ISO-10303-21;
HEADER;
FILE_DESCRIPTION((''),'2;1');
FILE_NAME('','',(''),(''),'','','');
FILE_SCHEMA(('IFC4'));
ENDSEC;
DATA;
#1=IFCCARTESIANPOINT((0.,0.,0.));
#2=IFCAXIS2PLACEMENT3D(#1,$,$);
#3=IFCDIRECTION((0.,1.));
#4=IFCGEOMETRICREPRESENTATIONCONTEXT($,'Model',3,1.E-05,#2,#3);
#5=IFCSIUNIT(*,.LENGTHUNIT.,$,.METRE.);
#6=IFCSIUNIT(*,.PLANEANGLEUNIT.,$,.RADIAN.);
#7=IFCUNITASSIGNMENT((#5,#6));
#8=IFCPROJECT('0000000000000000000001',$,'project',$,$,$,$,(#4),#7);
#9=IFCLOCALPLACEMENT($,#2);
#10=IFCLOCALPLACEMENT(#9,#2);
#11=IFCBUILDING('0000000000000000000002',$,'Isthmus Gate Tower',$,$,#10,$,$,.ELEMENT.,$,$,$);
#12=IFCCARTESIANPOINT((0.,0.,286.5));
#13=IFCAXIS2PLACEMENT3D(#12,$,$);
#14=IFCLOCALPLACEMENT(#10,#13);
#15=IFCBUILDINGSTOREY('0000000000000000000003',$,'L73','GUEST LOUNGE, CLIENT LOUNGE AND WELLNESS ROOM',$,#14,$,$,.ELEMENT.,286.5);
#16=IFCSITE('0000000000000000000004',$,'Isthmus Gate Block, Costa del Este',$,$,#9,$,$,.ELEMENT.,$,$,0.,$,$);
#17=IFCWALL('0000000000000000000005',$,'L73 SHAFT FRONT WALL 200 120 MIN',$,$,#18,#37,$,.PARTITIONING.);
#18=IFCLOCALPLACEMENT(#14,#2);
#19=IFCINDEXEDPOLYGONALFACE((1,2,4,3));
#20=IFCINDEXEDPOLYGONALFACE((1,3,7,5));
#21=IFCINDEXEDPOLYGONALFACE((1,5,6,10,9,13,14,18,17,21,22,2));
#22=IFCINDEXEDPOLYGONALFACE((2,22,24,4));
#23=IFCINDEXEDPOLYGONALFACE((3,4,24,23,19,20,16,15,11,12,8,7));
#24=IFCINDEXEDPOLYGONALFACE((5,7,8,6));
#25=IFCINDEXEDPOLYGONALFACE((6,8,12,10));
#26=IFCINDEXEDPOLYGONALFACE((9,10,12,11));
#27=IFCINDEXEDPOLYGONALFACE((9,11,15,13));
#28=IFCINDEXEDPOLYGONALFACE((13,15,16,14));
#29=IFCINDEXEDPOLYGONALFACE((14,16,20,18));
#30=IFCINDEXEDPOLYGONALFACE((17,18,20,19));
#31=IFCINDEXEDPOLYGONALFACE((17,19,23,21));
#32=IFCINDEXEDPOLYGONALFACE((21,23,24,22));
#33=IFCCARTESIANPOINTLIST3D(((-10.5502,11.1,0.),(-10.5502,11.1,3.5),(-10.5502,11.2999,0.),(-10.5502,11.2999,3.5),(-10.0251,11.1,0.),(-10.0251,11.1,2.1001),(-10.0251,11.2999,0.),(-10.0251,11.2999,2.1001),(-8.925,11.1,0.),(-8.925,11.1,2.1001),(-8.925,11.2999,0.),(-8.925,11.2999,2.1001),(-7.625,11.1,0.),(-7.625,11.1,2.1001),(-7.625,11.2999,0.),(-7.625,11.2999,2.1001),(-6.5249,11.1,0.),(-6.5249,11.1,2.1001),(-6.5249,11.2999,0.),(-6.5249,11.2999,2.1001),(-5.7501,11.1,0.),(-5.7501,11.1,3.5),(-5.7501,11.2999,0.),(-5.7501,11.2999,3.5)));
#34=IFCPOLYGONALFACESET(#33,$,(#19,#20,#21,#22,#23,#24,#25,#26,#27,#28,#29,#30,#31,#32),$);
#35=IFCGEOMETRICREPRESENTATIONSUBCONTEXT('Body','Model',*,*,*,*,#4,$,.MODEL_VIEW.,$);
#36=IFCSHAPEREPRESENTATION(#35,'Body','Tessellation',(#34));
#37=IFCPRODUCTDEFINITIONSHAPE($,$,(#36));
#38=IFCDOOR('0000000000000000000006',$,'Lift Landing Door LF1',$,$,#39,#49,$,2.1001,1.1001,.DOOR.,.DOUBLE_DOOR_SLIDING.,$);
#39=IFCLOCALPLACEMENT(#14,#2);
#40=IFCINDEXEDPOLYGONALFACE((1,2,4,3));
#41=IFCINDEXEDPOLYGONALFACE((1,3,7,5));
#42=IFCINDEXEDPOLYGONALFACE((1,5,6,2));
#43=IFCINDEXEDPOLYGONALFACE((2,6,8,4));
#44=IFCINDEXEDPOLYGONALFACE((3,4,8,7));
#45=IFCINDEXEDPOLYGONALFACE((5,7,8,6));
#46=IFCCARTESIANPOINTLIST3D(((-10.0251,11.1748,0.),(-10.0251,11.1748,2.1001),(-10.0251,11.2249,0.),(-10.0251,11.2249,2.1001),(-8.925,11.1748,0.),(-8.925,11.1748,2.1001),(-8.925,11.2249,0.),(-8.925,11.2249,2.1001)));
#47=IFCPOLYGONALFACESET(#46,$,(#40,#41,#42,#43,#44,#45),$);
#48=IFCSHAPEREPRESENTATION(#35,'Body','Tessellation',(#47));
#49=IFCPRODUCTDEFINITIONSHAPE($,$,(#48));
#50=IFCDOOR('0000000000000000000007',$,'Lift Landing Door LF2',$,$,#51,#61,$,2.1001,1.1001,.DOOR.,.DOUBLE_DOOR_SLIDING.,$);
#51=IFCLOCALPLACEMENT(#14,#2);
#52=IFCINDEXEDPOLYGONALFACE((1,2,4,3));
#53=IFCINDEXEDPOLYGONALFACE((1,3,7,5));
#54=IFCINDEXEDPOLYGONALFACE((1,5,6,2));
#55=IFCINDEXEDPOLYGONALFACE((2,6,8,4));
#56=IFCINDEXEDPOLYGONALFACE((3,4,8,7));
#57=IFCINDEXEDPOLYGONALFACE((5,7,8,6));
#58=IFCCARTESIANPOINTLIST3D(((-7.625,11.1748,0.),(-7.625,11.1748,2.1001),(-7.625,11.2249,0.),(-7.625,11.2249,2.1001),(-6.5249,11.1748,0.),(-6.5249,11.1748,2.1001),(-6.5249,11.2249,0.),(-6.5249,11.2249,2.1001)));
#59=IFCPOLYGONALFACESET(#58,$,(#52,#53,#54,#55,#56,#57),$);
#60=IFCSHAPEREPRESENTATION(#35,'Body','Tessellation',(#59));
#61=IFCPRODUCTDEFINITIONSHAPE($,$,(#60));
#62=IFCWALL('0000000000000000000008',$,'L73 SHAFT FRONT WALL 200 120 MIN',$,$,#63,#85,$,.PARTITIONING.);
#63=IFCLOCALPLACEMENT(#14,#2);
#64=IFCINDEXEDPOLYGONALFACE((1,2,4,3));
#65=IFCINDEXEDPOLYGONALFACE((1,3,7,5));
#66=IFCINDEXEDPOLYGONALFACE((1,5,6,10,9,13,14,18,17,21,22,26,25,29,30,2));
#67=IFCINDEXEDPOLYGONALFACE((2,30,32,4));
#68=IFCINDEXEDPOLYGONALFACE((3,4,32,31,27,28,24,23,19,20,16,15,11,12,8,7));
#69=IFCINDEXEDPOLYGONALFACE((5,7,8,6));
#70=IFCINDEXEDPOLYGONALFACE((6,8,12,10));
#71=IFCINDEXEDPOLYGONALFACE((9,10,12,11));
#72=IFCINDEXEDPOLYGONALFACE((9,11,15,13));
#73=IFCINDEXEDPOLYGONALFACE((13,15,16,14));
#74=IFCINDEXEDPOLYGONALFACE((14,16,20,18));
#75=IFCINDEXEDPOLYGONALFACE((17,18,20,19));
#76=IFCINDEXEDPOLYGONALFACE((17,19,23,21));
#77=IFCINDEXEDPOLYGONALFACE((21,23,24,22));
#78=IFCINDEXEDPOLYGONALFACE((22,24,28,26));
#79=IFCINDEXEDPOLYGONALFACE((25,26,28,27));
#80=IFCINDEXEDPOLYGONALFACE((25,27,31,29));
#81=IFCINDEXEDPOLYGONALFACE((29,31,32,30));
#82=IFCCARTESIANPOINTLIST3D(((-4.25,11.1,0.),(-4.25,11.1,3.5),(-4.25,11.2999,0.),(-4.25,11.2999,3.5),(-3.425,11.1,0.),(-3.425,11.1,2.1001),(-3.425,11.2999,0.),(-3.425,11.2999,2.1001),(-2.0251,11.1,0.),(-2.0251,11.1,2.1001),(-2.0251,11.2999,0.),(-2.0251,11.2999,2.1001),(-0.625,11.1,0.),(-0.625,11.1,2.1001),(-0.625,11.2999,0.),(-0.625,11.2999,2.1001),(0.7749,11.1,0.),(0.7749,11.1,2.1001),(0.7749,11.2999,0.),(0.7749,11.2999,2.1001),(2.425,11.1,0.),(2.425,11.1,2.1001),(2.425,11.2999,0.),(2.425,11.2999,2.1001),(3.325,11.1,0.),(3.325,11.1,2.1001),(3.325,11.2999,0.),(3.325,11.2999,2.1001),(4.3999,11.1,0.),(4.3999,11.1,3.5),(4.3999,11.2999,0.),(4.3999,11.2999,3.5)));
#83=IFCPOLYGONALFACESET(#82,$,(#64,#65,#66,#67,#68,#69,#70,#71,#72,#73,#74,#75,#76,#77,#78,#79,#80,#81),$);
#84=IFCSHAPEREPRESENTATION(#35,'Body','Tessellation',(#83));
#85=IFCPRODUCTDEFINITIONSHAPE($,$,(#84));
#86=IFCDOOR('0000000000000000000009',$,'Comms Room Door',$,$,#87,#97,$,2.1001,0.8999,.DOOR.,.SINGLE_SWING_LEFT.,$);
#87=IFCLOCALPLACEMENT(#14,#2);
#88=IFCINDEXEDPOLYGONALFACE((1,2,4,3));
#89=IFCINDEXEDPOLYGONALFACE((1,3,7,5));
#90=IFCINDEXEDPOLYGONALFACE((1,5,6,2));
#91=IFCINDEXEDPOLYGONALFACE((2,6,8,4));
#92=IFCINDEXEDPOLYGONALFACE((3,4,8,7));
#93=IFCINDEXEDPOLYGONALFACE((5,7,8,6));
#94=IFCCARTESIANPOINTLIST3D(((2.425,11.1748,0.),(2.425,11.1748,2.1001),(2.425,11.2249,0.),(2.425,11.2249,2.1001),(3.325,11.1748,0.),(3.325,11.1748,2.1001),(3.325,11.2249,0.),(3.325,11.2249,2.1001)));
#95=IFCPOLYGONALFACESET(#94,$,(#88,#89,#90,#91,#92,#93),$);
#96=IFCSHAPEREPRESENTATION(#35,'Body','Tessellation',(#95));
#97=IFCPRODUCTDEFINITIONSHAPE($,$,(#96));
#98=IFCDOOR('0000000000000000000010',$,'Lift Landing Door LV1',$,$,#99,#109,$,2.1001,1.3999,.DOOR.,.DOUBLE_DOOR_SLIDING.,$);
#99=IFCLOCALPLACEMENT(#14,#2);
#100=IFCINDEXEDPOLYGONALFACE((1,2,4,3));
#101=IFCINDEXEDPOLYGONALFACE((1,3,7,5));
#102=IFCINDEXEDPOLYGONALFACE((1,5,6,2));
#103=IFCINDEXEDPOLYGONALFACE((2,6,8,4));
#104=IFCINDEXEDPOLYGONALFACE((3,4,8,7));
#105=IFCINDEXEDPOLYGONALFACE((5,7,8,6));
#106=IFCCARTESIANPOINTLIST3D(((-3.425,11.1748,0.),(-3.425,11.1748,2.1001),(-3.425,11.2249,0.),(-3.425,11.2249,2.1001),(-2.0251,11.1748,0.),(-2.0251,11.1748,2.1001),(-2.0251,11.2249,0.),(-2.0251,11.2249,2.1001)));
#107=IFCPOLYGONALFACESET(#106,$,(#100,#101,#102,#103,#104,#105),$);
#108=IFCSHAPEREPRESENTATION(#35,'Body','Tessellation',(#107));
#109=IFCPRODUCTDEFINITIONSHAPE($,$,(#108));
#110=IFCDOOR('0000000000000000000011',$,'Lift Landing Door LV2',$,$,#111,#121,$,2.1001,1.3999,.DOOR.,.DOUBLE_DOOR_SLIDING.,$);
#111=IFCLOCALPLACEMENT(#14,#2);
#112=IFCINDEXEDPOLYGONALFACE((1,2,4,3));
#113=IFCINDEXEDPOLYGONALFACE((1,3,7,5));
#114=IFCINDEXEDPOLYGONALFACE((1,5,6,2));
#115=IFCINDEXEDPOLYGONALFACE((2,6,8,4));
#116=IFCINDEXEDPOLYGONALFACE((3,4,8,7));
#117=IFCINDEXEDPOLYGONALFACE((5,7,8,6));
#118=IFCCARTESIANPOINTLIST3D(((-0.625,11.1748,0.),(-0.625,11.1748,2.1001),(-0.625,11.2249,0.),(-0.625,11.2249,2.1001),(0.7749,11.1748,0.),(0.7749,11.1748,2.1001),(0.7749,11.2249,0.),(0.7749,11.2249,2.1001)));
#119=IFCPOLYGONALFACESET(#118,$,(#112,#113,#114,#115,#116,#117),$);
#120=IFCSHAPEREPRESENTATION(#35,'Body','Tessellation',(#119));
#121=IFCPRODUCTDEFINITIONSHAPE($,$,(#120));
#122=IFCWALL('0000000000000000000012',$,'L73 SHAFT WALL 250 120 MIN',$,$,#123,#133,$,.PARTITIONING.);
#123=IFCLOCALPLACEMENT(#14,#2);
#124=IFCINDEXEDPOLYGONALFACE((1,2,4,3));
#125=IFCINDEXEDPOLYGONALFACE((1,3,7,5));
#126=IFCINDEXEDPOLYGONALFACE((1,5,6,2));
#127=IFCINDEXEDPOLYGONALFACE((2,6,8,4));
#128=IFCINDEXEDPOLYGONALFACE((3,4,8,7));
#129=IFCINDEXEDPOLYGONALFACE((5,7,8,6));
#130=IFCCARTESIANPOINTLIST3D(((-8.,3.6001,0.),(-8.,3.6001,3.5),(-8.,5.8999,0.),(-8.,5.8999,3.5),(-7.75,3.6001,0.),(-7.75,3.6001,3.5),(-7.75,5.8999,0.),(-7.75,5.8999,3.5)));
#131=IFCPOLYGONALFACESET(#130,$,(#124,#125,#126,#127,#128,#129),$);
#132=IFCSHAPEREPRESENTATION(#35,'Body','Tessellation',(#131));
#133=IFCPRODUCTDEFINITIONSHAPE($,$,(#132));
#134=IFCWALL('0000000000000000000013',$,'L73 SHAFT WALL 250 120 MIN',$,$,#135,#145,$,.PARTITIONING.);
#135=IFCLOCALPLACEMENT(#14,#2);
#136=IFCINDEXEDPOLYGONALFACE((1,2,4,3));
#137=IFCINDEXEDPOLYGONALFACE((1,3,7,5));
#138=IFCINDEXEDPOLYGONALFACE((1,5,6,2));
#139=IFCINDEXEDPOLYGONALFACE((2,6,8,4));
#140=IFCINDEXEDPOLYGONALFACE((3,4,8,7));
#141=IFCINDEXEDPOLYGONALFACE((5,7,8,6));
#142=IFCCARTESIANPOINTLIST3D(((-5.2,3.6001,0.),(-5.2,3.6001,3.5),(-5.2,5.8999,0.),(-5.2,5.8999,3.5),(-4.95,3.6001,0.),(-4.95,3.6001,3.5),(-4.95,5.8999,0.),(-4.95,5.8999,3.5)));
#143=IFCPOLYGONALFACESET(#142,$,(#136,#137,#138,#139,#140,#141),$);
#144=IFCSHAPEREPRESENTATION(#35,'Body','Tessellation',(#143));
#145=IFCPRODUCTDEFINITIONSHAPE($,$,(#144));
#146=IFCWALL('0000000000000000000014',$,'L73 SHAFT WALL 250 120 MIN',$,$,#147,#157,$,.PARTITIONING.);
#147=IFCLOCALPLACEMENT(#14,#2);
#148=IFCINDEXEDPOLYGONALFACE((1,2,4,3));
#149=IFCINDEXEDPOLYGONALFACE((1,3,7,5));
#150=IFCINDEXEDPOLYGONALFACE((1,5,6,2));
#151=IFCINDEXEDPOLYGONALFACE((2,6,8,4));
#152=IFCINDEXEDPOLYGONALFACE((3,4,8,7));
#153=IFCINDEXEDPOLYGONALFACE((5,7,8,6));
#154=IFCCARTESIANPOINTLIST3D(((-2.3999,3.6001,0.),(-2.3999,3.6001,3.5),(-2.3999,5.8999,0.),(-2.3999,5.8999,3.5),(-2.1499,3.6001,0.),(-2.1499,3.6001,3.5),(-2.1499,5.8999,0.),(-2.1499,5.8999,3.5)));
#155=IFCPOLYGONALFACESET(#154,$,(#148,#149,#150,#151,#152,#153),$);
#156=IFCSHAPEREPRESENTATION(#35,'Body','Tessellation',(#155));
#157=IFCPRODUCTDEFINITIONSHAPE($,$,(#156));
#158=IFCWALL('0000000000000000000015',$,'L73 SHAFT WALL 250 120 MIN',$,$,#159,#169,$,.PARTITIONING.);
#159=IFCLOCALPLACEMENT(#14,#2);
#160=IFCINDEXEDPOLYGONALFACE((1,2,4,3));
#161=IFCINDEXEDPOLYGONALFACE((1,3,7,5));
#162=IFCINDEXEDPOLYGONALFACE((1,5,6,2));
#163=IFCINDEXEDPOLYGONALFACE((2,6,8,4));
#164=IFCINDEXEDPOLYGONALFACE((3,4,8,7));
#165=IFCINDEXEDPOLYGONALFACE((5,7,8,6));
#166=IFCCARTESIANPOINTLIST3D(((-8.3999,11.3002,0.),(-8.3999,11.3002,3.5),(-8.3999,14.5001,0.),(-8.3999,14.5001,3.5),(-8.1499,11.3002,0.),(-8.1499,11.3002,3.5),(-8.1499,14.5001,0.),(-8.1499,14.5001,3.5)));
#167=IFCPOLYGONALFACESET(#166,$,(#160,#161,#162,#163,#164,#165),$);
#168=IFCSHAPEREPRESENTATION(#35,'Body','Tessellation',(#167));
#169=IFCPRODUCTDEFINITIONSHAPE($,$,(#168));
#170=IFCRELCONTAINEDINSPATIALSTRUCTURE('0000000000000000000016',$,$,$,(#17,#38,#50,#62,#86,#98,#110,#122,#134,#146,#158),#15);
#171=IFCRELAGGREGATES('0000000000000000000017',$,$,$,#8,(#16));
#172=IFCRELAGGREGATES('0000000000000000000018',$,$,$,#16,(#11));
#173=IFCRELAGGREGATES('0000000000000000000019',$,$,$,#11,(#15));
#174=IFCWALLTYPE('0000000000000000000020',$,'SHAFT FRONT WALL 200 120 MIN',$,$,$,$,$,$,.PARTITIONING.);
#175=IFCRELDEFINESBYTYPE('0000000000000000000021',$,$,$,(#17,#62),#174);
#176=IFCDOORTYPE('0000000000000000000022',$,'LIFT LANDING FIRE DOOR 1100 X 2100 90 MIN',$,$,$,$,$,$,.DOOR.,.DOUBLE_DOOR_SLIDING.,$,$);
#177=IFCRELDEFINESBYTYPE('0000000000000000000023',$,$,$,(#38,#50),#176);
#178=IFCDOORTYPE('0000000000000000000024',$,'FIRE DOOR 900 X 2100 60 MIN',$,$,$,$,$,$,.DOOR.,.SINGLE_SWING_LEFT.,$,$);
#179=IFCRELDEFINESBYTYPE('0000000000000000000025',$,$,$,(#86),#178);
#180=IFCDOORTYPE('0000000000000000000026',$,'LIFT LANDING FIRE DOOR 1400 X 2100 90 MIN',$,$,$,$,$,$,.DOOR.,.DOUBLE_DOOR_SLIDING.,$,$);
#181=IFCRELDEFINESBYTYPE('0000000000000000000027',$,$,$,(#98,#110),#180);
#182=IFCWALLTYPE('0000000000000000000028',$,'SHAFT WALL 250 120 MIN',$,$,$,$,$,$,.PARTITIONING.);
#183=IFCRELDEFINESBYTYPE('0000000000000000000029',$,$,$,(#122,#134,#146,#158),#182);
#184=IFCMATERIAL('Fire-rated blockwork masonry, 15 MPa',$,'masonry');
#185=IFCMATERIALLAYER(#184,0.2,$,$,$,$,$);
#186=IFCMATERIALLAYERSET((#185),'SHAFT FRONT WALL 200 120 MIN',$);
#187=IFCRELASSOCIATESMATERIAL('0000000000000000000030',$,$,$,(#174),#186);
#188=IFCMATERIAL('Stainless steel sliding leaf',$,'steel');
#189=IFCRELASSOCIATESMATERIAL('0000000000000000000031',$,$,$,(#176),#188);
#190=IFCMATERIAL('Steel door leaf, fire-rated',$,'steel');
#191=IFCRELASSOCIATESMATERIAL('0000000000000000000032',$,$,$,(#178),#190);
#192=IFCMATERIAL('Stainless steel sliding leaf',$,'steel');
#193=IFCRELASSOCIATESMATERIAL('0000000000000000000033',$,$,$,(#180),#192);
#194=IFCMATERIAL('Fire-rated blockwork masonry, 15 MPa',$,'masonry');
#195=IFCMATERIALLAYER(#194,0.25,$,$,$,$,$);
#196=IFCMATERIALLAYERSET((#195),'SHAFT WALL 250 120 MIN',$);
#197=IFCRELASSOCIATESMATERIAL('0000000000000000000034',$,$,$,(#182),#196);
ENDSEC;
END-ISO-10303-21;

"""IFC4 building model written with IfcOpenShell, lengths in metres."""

from ifc_helpers import new_model, si_unit, direction, frame, frame_2d, origin, place, context, subcontext, project, spatial, rectangle, extrude, material, layer, layer_set, type_object, element, fill, save


model = new_model("IFC4")

# Units and contexts
model_context = context("Model", 3, precision=1e-05, world=origin(), true_north=direction((0.0, 1.0)))
body_context = subcontext(model_context, "Body", "Model", "MODEL_VIEW")
ifc_project = project(units=[si_unit("LENGTHUNIT", "METRE"), si_unit("PLANEANGLEUNIT", "RADIAN")], contexts=[model_context])

# Site, building, storey
site_placement = place(None, origin())
site = spatial("IfcSite", under=ifc_project, at=site_placement, Name="Isthmus Gate Block, Costa del Este", CompositionType="ELEMENT", RefElevation=0.0)
building_placement = place(site_placement, origin())
building = spatial("IfcBuilding", under=site, at=building_placement, Name="Isthmus Gate Tower", CompositionType="ELEMENT")
storey_placement = place(building_placement, frame((0.0, 0.0, 286.5)))
storey = spatial("IfcBuildingStorey", under=building, at=storey_placement, Name="L73", Description="GUEST LOUNGE, CLIENT LOUNGE AND WELLNESS ROOM", CompositionType="ELEMENT", Elevation=286.5)

# Walls, openings, doors
ifc_material_1 = material(Name="Fire-rated blockwork masonry, 15 MPa", Category="masonry")
ifc_layer_1 = layer(ifc_material_1, 0.2)
ifc_layer_set_1 = layer_set([ifc_layer_1], Name="SHAFT FRONT WALL 200 120 MIN")
wall_type_1 = type_object("IfcWallType", Name="SHAFT FRONT WALL 200 120 MIN", PredefinedType="PARTITIONING", material=ifc_layer_set_1)
wall_1_placement = place(storey_placement, frame((-10.55, 11.2, 0.0), z_axis=(0.0, 0.0, 1.0), x_axis=(1.0, 0.0, 0.0)))
wall_1 = element("IfcWall", 1, at=wall_1_placement, inside=storey, type_object=wall_type_1, Name="L73 SHAFT FRONT WALL 200 120 MIN", PredefinedType="PARTITIONING", context=body_context, shape_type="SweptSolid", body=[
    extrude(rectangle(XDim=4.8, YDim=0.2, at=frame_2d((2.3999, 0.0))), origin(), (0.0, 0.0, 1.0), 3.5),
])
opening_1_placement = place(wall_1_placement, frame((0.5249, 0.0, 0.0)))
opening_1 = element("IfcOpeningElement", 2, at=opening_1_placement, cuts=wall_1, PredefinedType="OPENING", context=body_context, shape_type="SweptSolid", body=[
    extrude(rectangle(XDim=1.1001, YDim=2.1001, at=frame_2d((0.55, 1.05))), frame((0.0, 0.1099, 0.0), z_axis=(0.0, -1.0, 0.0), x_axis=(1.0, 0.0, 0.0)), (0.0, 0.0, 1.0), 0.22),
])
opening_2_placement = place(wall_1_placement, frame((2.925, 0.0, 0.0)))
opening_2 = element("IfcOpeningElement", 3, at=opening_2_placement, cuts=wall_1, PredefinedType="OPENING", context=body_context, shape_type="SweptSolid", body=[
    extrude(rectangle(XDim=1.1001, YDim=2.1001, at=frame_2d((0.55, 1.05))), frame((0.0, 0.1099, 0.0), z_axis=(0.0, -1.0, 0.0), x_axis=(1.0, 0.0, 0.0)), (0.0, 0.0, 1.0), 0.22),
])
ifc_material_2 = material(Name="Stainless steel sliding leaf", Category="steel")
door_type_1 = type_object("IfcDoorType", Name="LIFT LANDING FIRE DOOR 1100 X 2100 90 MIN", OperationType="DOUBLE_DOOR_SLIDING", PredefinedType="DOOR", material=ifc_material_2)
door_1_placement = place(opening_1_placement, origin())
door_1 = element("IfcDoor", 4, at=door_1_placement, inside=storey, type_object=door_type_1, Name="Lift Landing Door LF1", OperationType="DOUBLE_DOOR_SLIDING", OverallHeight=2.1001, OverallWidth=1.1001, PredefinedType="DOOR", context=body_context, shape_type="SweptSolid", body=[
    extrude(rectangle(XDim=1.1001, YDim=2.1001, at=frame_2d((0.55, 1.05))), frame((0.0, 0.0249, 0.0), z_axis=(0.0, -1.0, 0.0), x_axis=(1.0, 0.0, 0.0)), (0.0, 0.0, 1.0), 0.05),
])
fill(opening_1, door_1)
door_2_placement = place(opening_2_placement, origin())
door_2 = element("IfcDoor", 5, at=door_2_placement, inside=storey, type_object=door_type_1, Name="Lift Landing Door LF2", OperationType="DOUBLE_DOOR_SLIDING", OverallHeight=2.1001, OverallWidth=1.1001, PredefinedType="DOOR", context=body_context, shape_type="SweptSolid", body=[
    extrude(rectangle(XDim=1.1001, YDim=2.1001, at=frame_2d((0.55, 1.05))), frame((0.0, 0.0249, 0.0), z_axis=(0.0, -1.0, 0.0), x_axis=(1.0, 0.0, 0.0)), (0.0, 0.0, 1.0), 0.05),
])
fill(opening_2, door_2)
wall_2_placement = place(storey_placement, frame((-4.25, 11.2, 0.0), z_axis=(0.0, 0.0, 1.0), x_axis=(1.0, 0.0, 0.0)))
wall_2 = element("IfcWall", 6, at=wall_2_placement, inside=storey, type_object=wall_type_1, Name="L73 SHAFT FRONT WALL 200 120 MIN", PredefinedType="PARTITIONING", context=body_context, shape_type="SweptSolid", body=[
    extrude(rectangle(XDim=8.6499, YDim=0.2, at=frame_2d((4.325, 0.0))), origin(), (0.0, 0.0, 1.0), 3.5),
])
opening_3_placement = place(wall_2_placement, frame((0.825, 0.0, 0.0)))
opening_3 = element("IfcOpeningElement", 7, at=opening_3_placement, cuts=wall_2, PredefinedType="OPENING", context=body_context, shape_type="SweptSolid", body=[
    extrude(rectangle(XDim=1.3999, YDim=2.1001, at=frame_2d((0.7, 1.05))), frame((0.0, 0.1099, 0.0), z_axis=(0.0, -1.0, 0.0), x_axis=(1.0, 0.0, 0.0)), (0.0, 0.0, 1.0), 0.22),
])
opening_4_placement = place(wall_2_placement, frame((3.625, 0.0, 0.0)))
opening_4 = element("IfcOpeningElement", 8, at=opening_4_placement, cuts=wall_2, PredefinedType="OPENING", context=body_context, shape_type="SweptSolid", body=[
    extrude(rectangle(XDim=1.3999, YDim=2.1001, at=frame_2d((0.7, 1.05))), frame((0.0, 0.1099, 0.0), z_axis=(0.0, -1.0, 0.0), x_axis=(1.0, 0.0, 0.0)), (0.0, 0.0, 1.0), 0.22),
])
opening_5_placement = place(wall_2_placement, frame((6.675, 0.0, 0.0)))
opening_5 = element("IfcOpeningElement", 9, at=opening_5_placement, cuts=wall_2, PredefinedType="OPENING", context=body_context, shape_type="SweptSolid", body=[
    extrude(rectangle(XDim=0.8999, YDim=2.1001, at=frame_2d((0.45, 1.05))), frame((0.0, 0.1099, 0.0), z_axis=(0.0, -1.0, 0.0), x_axis=(1.0, 0.0, 0.0)), (0.0, 0.0, 1.0), 0.22),
])
ifc_material_3 = material(Name="Steel door leaf, fire-rated", Category="steel")
door_type_2 = type_object("IfcDoorType", Name="FIRE DOOR 900 X 2100 60 MIN", OperationType="SINGLE_SWING_LEFT", PredefinedType="DOOR", material=ifc_material_3)
door_3_placement = place(opening_5_placement, origin())
door_3 = element("IfcDoor", 10, at=door_3_placement, inside=storey, type_object=door_type_2, Name="Comms Room Door", OperationType="SINGLE_SWING_LEFT", OverallHeight=2.1001, OverallWidth=0.8999, PredefinedType="DOOR", context=body_context, shape_type="SweptSolid", body=[
    extrude(rectangle(XDim=0.8999, YDim=2.1001, at=frame_2d((0.45, 1.05))), frame((0.0, 0.0249, 0.0), z_axis=(0.0, -1.0, 0.0), x_axis=(1.0, 0.0, 0.0)), (0.0, 0.0, 1.0), 0.05),
])
fill(opening_5, door_3)
ifc_material_4 = material(Name="Stainless steel sliding leaf", Category="steel")
door_type_3 = type_object("IfcDoorType", Name="LIFT LANDING FIRE DOOR 1400 X 2100 90 MIN", OperationType="DOUBLE_DOOR_SLIDING", PredefinedType="DOOR", material=ifc_material_4)
door_4_placement = place(opening_3_placement, origin())
door_4 = element("IfcDoor", 11, at=door_4_placement, inside=storey, type_object=door_type_3, Name="Lift Landing Door LV1", OperationType="DOUBLE_DOOR_SLIDING", OverallHeight=2.1001, OverallWidth=1.3999, PredefinedType="DOOR", context=body_context, shape_type="SweptSolid", body=[
    extrude(rectangle(XDim=1.3999, YDim=2.1001, at=frame_2d((0.7, 1.05))), frame((0.0, 0.0249, 0.0), z_axis=(0.0, -1.0, 0.0), x_axis=(1.0, 0.0, 0.0)), (0.0, 0.0, 1.0), 0.05),
])
fill(opening_3, door_4)
door_5_placement = place(opening_4_placement, origin())
door_5 = element("IfcDoor", 12, at=door_5_placement, inside=storey, type_object=door_type_3, Name="Lift Landing Door LV2", OperationType="DOUBLE_DOOR_SLIDING", OverallHeight=2.1001, OverallWidth=1.3999, PredefinedType="DOOR", context=body_context, shape_type="SweptSolid", body=[
    extrude(rectangle(XDim=1.3999, YDim=2.1001, at=frame_2d((0.7, 1.05))), frame((0.0, 0.0249, 0.0), z_axis=(0.0, -1.0, 0.0), x_axis=(1.0, 0.0, 0.0)), (0.0, 0.0, 1.0), 0.05),
])
fill(opening_4, door_5)

# Walls
ifc_material_5 = material(Name="Fire-rated blockwork masonry, 15 MPa", Category="masonry")
ifc_layer_2 = layer(ifc_material_5, 0.25)
ifc_layer_set_2 = layer_set([ifc_layer_2], Name="SHAFT WALL 250 120 MIN")
wall_type_2 = type_object("IfcWallType", Name="SHAFT WALL 250 120 MIN", PredefinedType="PARTITIONING", material=ifc_layer_set_2)
for number, where, z_axis, x_axis, name in (
    (13, (-7.875, 3.6001, 0.0), (0.0, 0.0, 1.0), (0.0, 1.0, 0.0), "L73 SHAFT WALL 250 120 MIN"),
    (14, (-5.075, 3.6001, 0.0), (0.0, 0.0, 1.0), (0.0, 1.0, 0.0), "L73 SHAFT WALL 250 120 MIN"),
    (15, (-2.2749, 3.6001, 0.0), (0.0, 0.0, 1.0), (0.0, 1.0, 0.0), "L73 SHAFT WALL 250 120 MIN"),
):
    element("IfcWall", number, at=place(storey_placement, frame(where, z_axis=z_axis, x_axis=x_axis)), inside=storey, type_object=wall_type_2, Name=name, PredefinedType="PARTITIONING", context=body_context, shape_type="SweptSolid", body=[
        extrude(rectangle(XDim=2.2998, YDim=0.25, at=frame_2d((1.1499, 0.0))), origin(), (0.0, 0.0, 1.0), 3.5),
    ])
for number, where, z_axis, x_axis, name in (
    (16, (-8.2749, 11.3, 0.0), (0.0, 0.0, 1.0), (0.0, 1.0, 0.0), "L73 SHAFT WALL 250 120 MIN"),
):
    element("IfcWall", number, at=place(storey_placement, frame(where, z_axis=z_axis, x_axis=x_axis)), inside=storey, type_object=wall_type_2, Name=name, PredefinedType="PARTITIONING", context=body_context, shape_type="SweptSolid", body=[
        extrude(rectangle(XDim=3.2, YDim=0.25, at=frame_2d((1.6001, 0.0))), origin(), (0.0, 0.0, 1.0), 3.5),
    ])

save(model, "model.ifc")
